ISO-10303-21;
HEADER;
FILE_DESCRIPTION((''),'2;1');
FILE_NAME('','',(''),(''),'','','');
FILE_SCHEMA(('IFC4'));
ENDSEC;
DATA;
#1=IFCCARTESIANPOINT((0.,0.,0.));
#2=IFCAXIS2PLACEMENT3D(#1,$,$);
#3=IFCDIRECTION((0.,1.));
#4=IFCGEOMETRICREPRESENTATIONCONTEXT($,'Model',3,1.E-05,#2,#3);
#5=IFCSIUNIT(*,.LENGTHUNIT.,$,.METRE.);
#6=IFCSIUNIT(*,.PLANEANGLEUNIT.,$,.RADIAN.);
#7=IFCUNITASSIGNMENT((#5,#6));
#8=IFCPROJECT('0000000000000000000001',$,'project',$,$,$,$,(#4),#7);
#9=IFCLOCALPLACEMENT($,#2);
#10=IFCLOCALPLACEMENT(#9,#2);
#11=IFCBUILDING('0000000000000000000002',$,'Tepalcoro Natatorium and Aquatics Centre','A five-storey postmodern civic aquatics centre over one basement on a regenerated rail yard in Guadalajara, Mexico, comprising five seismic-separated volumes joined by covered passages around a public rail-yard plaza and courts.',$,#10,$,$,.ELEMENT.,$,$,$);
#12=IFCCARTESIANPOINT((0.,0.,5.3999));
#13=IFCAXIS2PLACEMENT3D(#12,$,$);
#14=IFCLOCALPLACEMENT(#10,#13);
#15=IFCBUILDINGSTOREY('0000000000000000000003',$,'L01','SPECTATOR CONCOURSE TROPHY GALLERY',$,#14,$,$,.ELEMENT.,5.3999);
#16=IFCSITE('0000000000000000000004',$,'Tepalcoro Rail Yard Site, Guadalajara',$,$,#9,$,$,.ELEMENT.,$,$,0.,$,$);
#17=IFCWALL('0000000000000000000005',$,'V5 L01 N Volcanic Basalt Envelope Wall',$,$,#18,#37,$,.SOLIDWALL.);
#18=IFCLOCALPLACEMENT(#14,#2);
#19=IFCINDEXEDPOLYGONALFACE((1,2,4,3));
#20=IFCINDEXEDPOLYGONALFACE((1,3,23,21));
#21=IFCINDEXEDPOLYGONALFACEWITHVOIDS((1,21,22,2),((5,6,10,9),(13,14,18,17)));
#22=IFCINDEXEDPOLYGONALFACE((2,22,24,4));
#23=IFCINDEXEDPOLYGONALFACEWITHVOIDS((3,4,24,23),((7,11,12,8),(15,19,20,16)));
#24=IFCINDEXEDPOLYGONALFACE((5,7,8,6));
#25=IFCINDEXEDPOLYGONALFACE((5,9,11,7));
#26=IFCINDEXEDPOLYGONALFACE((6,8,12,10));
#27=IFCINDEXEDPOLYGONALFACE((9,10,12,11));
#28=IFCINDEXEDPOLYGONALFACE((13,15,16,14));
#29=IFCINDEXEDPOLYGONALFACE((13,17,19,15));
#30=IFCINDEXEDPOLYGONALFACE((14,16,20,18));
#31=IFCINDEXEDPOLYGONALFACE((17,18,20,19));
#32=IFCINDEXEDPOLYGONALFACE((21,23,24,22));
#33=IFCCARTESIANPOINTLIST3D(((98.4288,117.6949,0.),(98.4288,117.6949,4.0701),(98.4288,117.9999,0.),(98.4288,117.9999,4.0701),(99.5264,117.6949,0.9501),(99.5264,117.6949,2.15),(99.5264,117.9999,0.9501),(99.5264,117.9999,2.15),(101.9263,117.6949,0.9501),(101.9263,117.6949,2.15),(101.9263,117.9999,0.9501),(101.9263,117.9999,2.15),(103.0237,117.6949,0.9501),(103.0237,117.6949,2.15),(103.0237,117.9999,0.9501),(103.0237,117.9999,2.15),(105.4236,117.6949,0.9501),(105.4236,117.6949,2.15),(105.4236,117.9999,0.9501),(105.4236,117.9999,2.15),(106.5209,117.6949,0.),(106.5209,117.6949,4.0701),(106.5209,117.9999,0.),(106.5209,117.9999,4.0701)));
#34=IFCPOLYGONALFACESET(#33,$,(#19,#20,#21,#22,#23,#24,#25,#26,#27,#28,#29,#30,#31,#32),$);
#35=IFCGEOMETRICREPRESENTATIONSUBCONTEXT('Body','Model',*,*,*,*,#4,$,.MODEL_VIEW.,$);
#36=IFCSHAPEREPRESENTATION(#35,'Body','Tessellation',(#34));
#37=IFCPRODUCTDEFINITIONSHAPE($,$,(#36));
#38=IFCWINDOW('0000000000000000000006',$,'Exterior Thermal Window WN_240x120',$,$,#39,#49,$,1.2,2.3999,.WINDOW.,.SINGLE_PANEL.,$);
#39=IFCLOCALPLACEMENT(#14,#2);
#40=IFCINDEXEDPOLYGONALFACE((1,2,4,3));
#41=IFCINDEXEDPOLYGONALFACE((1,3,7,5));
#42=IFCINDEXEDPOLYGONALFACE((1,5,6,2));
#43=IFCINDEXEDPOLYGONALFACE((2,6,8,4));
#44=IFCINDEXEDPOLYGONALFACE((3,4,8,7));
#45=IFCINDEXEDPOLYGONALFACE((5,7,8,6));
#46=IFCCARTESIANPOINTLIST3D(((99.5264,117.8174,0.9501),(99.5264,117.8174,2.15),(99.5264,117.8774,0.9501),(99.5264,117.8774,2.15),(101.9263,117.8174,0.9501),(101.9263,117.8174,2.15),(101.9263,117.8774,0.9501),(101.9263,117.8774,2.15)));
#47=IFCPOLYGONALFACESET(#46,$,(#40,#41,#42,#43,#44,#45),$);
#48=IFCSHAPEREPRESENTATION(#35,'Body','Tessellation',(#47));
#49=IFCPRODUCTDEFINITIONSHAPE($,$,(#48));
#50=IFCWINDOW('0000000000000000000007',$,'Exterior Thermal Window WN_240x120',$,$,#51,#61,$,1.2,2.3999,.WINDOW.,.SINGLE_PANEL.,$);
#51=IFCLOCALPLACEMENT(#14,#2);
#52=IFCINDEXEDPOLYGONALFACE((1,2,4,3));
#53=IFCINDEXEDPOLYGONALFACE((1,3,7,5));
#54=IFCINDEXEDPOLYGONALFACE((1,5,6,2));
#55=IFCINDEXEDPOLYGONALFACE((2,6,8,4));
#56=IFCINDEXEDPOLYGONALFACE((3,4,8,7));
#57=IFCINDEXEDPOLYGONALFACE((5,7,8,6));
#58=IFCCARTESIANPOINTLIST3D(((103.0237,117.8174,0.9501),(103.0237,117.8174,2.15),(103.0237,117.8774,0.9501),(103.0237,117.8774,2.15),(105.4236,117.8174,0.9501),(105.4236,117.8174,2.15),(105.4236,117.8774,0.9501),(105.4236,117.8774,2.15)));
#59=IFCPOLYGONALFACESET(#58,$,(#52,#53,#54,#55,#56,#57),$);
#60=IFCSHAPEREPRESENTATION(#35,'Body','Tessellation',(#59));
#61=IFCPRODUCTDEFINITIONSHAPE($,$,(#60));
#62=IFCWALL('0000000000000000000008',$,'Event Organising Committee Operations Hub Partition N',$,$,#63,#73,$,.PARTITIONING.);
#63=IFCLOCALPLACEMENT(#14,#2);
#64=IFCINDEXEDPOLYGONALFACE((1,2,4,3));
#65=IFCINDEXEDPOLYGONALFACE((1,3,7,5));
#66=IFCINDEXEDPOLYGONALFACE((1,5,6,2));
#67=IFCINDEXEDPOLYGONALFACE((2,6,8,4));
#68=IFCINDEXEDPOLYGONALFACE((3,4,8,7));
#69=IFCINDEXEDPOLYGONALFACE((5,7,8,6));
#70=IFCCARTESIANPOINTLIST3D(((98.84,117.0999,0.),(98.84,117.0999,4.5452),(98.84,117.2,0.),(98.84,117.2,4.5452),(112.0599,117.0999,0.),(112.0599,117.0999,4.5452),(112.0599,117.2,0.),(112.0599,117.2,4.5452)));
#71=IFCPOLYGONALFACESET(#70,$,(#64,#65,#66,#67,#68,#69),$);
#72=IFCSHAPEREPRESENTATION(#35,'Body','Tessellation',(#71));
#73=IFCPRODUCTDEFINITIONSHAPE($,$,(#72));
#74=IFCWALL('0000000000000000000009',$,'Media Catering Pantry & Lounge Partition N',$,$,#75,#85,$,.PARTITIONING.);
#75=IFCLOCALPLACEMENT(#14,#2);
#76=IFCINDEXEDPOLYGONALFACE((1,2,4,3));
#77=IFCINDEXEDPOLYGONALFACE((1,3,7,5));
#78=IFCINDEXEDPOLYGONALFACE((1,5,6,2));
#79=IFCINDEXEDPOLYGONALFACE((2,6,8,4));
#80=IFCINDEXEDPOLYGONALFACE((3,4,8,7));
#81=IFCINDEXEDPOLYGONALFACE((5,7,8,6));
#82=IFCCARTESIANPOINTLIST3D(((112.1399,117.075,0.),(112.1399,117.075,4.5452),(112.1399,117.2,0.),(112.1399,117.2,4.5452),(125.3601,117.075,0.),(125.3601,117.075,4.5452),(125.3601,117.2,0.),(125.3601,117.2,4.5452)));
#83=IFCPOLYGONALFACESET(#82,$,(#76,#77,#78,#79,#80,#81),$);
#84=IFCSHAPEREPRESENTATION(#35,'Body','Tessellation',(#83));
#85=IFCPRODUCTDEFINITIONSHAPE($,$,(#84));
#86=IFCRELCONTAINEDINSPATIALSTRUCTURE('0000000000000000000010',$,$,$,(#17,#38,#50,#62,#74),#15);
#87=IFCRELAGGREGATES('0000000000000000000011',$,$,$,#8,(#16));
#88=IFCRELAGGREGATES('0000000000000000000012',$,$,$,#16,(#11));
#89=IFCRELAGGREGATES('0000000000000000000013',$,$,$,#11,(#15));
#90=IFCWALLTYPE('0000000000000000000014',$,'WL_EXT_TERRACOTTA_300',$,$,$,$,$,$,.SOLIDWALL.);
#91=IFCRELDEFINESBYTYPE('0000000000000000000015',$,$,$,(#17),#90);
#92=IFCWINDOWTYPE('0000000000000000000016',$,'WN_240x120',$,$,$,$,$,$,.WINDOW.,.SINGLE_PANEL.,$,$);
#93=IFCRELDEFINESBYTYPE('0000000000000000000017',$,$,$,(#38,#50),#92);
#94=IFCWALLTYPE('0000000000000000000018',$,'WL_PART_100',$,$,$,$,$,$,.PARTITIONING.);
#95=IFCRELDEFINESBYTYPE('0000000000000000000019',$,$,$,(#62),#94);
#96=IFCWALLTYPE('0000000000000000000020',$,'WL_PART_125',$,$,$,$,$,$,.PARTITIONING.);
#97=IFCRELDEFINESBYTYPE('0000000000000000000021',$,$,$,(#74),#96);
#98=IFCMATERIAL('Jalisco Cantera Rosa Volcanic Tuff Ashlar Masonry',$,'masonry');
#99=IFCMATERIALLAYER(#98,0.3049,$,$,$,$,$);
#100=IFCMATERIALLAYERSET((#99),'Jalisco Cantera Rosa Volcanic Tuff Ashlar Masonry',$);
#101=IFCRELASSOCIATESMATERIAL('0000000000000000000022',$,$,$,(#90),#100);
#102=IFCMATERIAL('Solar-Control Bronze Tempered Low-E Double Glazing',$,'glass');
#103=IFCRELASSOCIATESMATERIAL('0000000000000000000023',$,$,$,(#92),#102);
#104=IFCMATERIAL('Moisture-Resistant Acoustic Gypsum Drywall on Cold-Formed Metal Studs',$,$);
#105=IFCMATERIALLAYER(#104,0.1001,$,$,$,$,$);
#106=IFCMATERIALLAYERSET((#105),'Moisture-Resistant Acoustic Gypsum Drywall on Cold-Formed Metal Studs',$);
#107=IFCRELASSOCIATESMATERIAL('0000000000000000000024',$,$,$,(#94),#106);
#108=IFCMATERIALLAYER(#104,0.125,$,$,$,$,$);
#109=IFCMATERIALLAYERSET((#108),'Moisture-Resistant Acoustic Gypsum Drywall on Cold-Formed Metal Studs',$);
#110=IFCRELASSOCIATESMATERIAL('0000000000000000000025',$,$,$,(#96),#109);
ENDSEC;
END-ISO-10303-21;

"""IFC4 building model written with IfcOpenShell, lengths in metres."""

from ifc_helpers import new_model, si_unit, direction, frame, frame_2d, origin, place, context, subcontext, project, spatial, rectangle, extrude, material, layer, layer_set, type_object, element, fill, save


model = new_model("IFC4")

# Units and contexts
model_context = context("Model", 3, precision=1e-05, world=origin(), true_north=direction((0.0, 1.0)))
body_context = subcontext(model_context, "Body", "Model", "MODEL_VIEW")
ifc_project = project(units=[si_unit("LENGTHUNIT", "METRE"), si_unit("PLANEANGLEUNIT", "RADIAN")], contexts=[model_context])

# Site, building, storey
site_placement = place(None, origin())
site = spatial("IfcSite", under=ifc_project, at=site_placement, Name="Tepalcoro Rail Yard Site, Guadalajara", CompositionType="ELEMENT", RefElevation=0.0)
building_placement = place(site_placement, origin())
building = spatial("IfcBuilding", under=site, at=building_placement, Name="Tepalcoro Natatorium and Aquatics Centre", Description="A five-storey postmodern civic aquatics centre over one basement on a regenerated rail yard in Guadalajara, Mexico, comprising five seismic-separated volumes joined by covered passages around a public rail-yard plaza and courts.", CompositionType="ELEMENT")
storey_placement = place(building_placement, frame((0.0, 0.0, 5.3999)))
storey = spatial("IfcBuildingStorey", under=building, at=storey_placement, Name="L01", Description="SPECTATOR CONCOURSE TROPHY GALLERY", CompositionType="ELEMENT", Elevation=5.3999)

# Shared definitions
ifc_material_1 = material(Name="Solar-Control Bronze Tempered Low-E Double Glazing", Category="glass")

# Wall, openings, windows
ifc_material_2 = material(Name="Jalisco Cantera Rosa Volcanic Tuff Ashlar Masonry", Category="masonry")
ifc_layer_1 = layer(ifc_material_2, 0.3049)
ifc_layer_set_1 = layer_set([ifc_layer_1], Name="Jalisco Cantera Rosa Volcanic Tuff Ashlar Masonry")
wall_type_1 = type_object("IfcWallType", Name="WL_EXT_TERRACOTTA_300", PredefinedType="SOLIDWALL", material=ifc_layer_set_1)
wall_1_placement = place(storey_placement, frame((98.429, 117.8474, 0.0), z_axis=(0.0, 0.0, 1.0), x_axis=(1.0, 0.0, 0.0)))
wall_1 = element("IfcWall", 1, at=wall_1_placement, inside=storey, type_object=wall_type_1, Name="V5 L01 N Volcanic Basalt Envelope Wall", PredefinedType="SOLIDWALL", context=body_context, shape_type="SweptSolid", body=[
    extrude(rectangle(XDim=8.092, YDim=0.3049, at=frame_2d((4.0459, 0.0))), origin(), (0.0, 0.0, 1.0), 4.0701),
])
opening_1_placement = place(wall_1_placement, frame((1.0974, 0.0, 0.95)))
opening_1 = element("IfcOpeningElement", 2, at=opening_1_placement, cuts=wall_1, PredefinedType="OPENING", context=body_context, shape_type="SweptSolid", body=[
    extrude(rectangle(XDim=2.3999, YDim=1.2, at=frame_2d((1.2, 0.6001))), frame((0.0, 0.1646, 0.0), z_axis=(0.0, -1.0, 0.0), x_axis=(1.0, 0.0, 0.0)), (0.0, 0.0, 1.0), 0.3289),
])
opening_2_placement = place(wall_1_placement, frame((4.5947, 0.0, 0.95)))
opening_2 = element("IfcOpeningElement", 3, at=opening_2_placement, cuts=wall_1, PredefinedType="OPENING", context=body_context, shape_type="SweptSolid", body=[
    extrude(rectangle(XDim=2.3999, YDim=1.2, at=frame_2d((1.2, 0.6001))), frame((0.0, 0.1646, 0.0), z_axis=(0.0, -1.0, 0.0), x_axis=(1.0, 0.0, 0.0)), (0.0, 0.0, 1.0), 0.3289),
])
window_type = type_object("IfcWindowType", Name="WN_240x120", PartitioningType="SINGLE_PANEL", PredefinedType="WINDOW", material=ifc_material_1)
window_1_placement = place(opening_1_placement, origin())
window_1 = element("IfcWindow", 4, at=window_1_placement, inside=storey, type_object=window_type, Name="Exterior Thermal Window WN_240x120", OverallHeight=1.2, OverallWidth=2.3999, PartitioningType="SINGLE_PANEL", PredefinedType="WINDOW", context=body_context, shape_type="SweptSolid", body=[
    extrude(rectangle(XDim=2.3999, YDim=1.2, at=frame_2d((1.2, 0.6001))), frame((0.0, 0.03, 0.0), z_axis=(0.0, -1.0, 0.0), x_axis=(1.0, 0.0, 0.0)), (0.0, 0.0, 1.0), 0.0601),
])
fill(opening_1, window_1)
window_2_placement = place(opening_2_placement, origin())
window_2 = element("IfcWindow", 5, at=window_2_placement, inside=storey, type_object=window_type, Name="Exterior Thermal Window WN_240x120", OverallHeight=1.2, OverallWidth=2.3999, PartitioningType="SINGLE_PANEL", PredefinedType="WINDOW", context=body_context, shape_type="SweptSolid", body=[
    extrude(rectangle(XDim=2.3999, YDim=1.2, at=frame_2d((1.2, 0.6001))), frame((0.0, 0.03, 0.0), z_axis=(0.0, -1.0, 0.0), x_axis=(1.0, 0.0, 0.0)), (0.0, 0.0, 1.0), 0.0601),
])
fill(opening_2, window_2)

# Walls
ifc_material_3 = material(Name="Moisture-Resistant Acoustic Gypsum Drywall on Cold-Formed Metal Studs")
ifc_layer_2 = layer(ifc_material_3, 0.1001)
ifc_layer_set_2 = layer_set([ifc_layer_2], Name="Moisture-Resistant Acoustic Gypsum Drywall on Cold-Formed Metal Studs")
wall_type_2 = type_object("IfcWallType", Name="WL_PART_100", PredefinedType="PARTITIONING", material=ifc_layer_set_2)
wall_2_placement = place(storey_placement, frame((98.8401, 117.1499, 0.0), z_axis=(0.0, 0.0, 1.0), x_axis=(1.0, 0.0, 0.0)))
element("IfcWall", 6, at=wall_2_placement, inside=storey, type_object=wall_type_2, Name="Event Organising Committee Operations Hub Partition N", PredefinedType="PARTITIONING", context=body_context, shape_type="SweptSolid", body=[
    extrude(rectangle(XDim=13.22, YDim=0.1001, at=frame_2d((6.6099, 0.0))), origin(), (0.0, 0.0, 1.0), 4.5452),
])
ifc_layer_3 = layer(ifc_material_3, 0.125)
ifc_layer_set_3 = layer_set([ifc_layer_3], Name="Moisture-Resistant Acoustic Gypsum Drywall on Cold-Formed Metal Studs")
wall_type_3 = type_object("IfcWallType", Name="WL_PART_125", PredefinedType="PARTITIONING", material=ifc_layer_set_3)
wall_3_placement = place(storey_placement, frame((112.1399, 117.1375, 0.0), z_axis=(0.0, 0.0, 1.0), x_axis=(1.0, 0.0, 0.0)))
element("IfcWall", 7, at=wall_3_placement, inside=storey, type_object=wall_type_3, Name="Media Catering Pantry & Lounge Partition N", PredefinedType="PARTITIONING", context=body_context, shape_type="SweptSolid", body=[
    extrude(rectangle(XDim=13.2202, YDim=0.125, at=frame_2d((6.6101, 0.0))), origin(), (0.0, 0.0, 1.0), 4.5452),
])

save(model, "model.ifc")
